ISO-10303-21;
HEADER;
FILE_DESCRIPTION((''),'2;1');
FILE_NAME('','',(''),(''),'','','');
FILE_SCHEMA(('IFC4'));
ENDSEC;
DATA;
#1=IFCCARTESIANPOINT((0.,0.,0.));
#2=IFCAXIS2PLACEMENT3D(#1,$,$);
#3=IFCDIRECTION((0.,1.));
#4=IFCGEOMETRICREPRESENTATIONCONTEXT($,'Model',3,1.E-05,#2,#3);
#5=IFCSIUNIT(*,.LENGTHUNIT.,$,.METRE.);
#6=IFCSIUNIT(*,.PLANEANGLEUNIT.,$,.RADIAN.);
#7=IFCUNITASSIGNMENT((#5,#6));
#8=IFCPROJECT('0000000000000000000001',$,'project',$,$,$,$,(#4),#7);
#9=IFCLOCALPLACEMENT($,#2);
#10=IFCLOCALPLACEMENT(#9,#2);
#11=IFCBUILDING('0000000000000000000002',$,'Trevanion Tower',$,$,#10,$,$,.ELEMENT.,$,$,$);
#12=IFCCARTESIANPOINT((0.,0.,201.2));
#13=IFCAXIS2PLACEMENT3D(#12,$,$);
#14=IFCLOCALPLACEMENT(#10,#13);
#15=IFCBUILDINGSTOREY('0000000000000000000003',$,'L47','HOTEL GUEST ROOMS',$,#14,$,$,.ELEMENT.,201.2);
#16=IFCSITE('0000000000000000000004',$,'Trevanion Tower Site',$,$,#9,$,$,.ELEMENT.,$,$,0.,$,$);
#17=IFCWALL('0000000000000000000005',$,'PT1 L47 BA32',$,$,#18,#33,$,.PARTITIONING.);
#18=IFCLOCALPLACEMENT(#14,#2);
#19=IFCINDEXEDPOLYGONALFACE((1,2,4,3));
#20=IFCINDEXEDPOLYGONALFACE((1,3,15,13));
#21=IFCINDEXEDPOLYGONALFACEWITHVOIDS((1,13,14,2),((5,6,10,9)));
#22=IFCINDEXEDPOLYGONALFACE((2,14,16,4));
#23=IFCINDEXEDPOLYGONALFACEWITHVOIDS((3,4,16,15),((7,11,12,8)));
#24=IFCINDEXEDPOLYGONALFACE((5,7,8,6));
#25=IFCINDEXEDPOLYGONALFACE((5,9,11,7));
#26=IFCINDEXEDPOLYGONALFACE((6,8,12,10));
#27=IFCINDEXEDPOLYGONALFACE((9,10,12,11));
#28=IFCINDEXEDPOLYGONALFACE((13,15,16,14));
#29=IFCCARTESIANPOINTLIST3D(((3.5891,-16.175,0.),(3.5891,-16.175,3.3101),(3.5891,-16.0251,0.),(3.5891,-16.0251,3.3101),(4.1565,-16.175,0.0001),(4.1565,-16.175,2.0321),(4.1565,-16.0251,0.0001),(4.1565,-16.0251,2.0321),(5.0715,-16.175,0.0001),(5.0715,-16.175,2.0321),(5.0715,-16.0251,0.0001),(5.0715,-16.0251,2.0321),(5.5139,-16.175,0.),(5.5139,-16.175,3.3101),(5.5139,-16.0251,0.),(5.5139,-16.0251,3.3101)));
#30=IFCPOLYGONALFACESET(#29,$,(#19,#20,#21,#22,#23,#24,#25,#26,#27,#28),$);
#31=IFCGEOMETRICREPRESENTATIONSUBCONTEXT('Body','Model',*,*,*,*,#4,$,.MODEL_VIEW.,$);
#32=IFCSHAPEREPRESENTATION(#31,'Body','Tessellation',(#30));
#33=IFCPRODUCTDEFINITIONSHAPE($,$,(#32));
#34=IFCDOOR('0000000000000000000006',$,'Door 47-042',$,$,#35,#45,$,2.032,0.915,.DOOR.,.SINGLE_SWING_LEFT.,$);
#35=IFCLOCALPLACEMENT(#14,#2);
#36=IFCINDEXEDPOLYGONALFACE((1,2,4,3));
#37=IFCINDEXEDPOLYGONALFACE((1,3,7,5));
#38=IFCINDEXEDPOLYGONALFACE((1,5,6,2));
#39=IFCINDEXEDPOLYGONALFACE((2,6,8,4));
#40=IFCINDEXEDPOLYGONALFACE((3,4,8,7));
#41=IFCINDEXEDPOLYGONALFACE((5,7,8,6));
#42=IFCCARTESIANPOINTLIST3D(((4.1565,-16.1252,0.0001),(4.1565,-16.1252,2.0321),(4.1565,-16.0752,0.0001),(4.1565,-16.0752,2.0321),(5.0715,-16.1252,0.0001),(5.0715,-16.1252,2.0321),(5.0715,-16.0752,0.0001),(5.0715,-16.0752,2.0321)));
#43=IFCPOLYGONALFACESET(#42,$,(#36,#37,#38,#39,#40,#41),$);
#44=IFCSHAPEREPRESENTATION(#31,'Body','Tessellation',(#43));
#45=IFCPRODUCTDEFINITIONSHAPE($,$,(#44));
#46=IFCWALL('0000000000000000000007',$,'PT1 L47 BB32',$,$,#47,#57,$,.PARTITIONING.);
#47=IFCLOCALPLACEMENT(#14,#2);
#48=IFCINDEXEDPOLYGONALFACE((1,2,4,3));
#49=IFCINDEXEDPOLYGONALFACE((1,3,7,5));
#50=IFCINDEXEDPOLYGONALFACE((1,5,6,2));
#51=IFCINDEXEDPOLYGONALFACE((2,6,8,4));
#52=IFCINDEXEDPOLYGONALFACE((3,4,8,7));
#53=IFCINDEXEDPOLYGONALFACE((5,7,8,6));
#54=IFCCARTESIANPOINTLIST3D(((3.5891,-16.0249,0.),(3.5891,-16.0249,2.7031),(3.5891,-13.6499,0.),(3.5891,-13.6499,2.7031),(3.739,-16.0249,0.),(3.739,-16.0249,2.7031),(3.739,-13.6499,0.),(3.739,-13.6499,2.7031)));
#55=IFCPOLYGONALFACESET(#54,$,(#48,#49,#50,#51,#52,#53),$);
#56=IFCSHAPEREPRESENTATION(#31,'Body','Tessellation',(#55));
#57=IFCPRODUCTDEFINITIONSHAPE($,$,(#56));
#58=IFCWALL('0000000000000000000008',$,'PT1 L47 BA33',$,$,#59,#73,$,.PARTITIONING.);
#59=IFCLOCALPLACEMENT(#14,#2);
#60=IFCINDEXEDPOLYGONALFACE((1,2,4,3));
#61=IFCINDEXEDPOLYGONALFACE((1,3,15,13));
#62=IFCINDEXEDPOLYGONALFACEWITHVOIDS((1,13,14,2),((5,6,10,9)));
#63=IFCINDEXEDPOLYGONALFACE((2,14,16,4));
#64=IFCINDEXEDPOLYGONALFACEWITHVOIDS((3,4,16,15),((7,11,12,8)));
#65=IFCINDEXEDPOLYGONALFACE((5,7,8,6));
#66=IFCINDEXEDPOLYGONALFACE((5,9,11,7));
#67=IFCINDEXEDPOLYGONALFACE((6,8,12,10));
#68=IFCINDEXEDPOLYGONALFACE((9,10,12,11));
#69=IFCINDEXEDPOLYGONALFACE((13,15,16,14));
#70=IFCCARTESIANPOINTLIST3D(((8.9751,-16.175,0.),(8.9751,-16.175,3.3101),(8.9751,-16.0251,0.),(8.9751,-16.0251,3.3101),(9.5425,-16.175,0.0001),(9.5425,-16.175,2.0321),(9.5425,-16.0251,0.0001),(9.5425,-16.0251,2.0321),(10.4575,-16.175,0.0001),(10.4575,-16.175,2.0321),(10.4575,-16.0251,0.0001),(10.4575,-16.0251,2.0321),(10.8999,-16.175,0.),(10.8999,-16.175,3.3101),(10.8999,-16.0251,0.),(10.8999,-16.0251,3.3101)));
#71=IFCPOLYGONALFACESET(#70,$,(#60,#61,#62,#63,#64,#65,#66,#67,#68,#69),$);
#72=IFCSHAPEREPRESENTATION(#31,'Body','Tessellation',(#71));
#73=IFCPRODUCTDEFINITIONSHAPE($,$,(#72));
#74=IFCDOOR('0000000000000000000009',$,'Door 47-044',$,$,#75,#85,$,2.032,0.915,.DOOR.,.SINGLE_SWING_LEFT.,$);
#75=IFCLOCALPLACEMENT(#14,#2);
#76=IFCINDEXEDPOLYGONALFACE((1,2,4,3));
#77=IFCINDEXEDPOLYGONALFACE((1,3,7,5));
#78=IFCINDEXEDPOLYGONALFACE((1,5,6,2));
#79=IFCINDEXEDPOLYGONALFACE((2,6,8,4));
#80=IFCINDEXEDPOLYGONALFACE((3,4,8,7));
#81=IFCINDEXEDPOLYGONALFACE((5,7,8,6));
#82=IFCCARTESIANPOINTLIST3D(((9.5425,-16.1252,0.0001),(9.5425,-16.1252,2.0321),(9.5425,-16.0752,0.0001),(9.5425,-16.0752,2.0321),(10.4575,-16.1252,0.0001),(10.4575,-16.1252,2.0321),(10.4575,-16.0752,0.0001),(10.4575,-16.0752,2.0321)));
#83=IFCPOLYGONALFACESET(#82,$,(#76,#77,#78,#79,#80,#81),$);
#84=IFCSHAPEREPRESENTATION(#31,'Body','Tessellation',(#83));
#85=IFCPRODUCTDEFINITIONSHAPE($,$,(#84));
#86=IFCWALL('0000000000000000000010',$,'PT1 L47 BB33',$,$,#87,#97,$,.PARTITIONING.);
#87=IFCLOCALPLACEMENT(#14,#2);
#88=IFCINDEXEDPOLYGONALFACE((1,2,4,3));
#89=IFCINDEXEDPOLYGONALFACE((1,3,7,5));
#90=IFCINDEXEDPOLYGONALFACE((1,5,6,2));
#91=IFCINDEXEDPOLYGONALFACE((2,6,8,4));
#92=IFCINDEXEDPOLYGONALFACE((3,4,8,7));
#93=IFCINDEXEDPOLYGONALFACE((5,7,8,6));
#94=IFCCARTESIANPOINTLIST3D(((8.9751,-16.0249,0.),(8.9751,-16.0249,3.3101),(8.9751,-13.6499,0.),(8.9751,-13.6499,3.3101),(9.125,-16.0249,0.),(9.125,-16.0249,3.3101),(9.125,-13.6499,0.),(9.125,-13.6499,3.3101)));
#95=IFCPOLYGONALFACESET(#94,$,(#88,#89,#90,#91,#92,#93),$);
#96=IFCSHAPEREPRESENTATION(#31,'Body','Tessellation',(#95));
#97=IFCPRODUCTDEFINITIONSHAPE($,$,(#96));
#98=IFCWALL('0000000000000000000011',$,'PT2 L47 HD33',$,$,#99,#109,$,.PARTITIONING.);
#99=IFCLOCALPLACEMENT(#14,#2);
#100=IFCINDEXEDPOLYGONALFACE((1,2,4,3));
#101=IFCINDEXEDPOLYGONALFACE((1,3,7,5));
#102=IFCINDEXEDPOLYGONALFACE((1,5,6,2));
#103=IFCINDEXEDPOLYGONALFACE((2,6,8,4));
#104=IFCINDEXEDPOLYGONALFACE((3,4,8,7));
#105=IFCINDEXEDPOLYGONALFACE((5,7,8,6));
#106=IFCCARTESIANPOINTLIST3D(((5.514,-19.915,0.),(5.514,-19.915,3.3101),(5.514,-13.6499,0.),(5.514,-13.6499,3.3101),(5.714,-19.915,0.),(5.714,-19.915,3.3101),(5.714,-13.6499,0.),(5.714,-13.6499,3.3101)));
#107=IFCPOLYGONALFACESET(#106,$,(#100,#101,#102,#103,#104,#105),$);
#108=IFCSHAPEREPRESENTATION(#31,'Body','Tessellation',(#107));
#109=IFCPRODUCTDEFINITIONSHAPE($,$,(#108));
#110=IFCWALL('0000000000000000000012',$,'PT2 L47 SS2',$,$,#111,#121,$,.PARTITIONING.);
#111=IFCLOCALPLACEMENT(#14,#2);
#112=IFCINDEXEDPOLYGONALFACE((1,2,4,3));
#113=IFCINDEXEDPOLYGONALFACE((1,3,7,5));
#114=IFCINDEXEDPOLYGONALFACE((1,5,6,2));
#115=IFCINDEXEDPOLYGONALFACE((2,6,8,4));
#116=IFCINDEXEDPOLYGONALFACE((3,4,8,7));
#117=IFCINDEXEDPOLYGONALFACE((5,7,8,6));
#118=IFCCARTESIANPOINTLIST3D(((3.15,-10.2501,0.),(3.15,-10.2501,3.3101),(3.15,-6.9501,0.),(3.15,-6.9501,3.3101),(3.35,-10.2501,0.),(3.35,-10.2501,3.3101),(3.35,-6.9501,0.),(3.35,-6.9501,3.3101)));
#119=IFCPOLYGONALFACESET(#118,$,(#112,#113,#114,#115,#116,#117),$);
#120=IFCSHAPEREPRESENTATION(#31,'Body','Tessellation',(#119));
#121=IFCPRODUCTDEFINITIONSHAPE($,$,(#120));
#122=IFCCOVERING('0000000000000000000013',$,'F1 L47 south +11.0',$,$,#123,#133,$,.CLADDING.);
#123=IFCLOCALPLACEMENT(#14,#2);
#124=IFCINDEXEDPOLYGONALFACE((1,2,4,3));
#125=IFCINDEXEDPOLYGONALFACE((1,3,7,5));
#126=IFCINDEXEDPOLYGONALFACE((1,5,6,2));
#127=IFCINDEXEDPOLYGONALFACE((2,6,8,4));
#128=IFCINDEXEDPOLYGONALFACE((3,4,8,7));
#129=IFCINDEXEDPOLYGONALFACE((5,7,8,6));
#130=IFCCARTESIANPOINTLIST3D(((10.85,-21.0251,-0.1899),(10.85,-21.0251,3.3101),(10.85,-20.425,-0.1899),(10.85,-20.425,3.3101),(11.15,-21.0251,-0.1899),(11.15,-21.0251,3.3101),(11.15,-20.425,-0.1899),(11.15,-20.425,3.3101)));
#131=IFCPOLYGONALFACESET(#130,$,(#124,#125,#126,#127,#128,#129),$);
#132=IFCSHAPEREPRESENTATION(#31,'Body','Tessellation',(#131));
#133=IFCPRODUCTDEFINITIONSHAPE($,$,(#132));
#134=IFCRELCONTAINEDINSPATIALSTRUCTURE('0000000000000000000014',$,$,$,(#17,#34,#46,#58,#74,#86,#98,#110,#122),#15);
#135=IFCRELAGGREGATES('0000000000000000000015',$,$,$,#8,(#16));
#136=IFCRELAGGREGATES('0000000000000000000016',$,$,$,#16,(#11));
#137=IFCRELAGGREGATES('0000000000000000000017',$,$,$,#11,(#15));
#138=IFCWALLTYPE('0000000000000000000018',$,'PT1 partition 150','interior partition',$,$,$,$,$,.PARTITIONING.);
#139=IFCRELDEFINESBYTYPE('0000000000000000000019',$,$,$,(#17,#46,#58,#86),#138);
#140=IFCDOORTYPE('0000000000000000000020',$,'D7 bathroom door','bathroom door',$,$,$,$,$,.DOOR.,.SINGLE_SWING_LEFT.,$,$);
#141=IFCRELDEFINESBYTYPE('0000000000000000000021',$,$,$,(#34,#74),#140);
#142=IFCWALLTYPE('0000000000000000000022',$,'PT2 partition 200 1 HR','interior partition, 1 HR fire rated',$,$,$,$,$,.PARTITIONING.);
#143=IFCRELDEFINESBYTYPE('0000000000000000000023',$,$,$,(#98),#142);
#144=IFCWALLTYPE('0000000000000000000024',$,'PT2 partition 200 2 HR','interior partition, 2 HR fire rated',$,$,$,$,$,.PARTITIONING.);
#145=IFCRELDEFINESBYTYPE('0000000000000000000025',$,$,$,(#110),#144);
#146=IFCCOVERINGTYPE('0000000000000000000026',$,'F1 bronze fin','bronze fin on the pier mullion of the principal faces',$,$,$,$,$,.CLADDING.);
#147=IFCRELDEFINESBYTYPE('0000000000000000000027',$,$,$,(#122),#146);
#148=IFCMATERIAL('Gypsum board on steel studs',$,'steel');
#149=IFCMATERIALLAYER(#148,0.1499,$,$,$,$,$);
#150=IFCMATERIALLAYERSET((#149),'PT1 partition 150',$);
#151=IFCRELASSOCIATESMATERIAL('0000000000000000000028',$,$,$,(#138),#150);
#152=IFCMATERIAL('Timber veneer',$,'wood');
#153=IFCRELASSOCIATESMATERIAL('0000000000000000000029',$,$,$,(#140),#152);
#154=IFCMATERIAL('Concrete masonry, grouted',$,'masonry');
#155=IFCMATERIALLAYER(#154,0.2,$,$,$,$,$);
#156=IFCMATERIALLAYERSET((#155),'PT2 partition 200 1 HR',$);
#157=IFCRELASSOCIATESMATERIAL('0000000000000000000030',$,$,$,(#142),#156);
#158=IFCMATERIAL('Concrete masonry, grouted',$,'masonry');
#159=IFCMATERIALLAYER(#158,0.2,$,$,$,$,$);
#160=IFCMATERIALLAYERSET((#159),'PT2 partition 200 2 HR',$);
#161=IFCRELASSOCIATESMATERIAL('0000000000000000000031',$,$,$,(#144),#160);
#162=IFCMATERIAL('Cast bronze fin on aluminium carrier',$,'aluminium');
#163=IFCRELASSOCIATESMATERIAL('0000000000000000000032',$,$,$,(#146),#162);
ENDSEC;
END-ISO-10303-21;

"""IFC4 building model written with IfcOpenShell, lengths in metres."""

from ifc_helpers import new_model, si_unit, direction, frame, frame_2d, origin, origin_2d, place, context, subcontext, project, spatial, rectangle, extrude, material, layer, layer_set, type_object, element, fill, save


model = new_model("IFC4")

# Units and contexts
model_context = context("Model", 3, precision=1e-05, world=origin(), true_north=direction((0.0, 1.0)))
body_context = subcontext(model_context, "Body", "Model", "MODEL_VIEW")
ifc_project = project(units=[si_unit("LENGTHUNIT", "METRE"), si_unit("PLANEANGLEUNIT", "RADIAN")], contexts=[model_context])

# Site, building, storey
site_placement = place(None, origin())
site = spatial("IfcSite", under=ifc_project, at=site_placement, Name="Trevanion Tower Site", CompositionType="ELEMENT", RefElevation=0.0)
building_placement = place(site_placement, origin())
building = spatial("IfcBuilding", under=site, at=building_placement, Name="Trevanion Tower", CompositionType="ELEMENT")
storey_placement = place(building_placement, frame((0.0, 0.0, 201.2)))
storey = spatial("IfcBuildingStorey", under=building, at=storey_placement, Name="L47", Description="HOTEL GUEST ROOMS", CompositionType="ELEMENT", Elevation=201.2)

# Wall, opening, door
ifc_material_1 = material(Name="Gypsum board on steel studs", Category="steel")
ifc_layer_1 = layer(ifc_material_1, 0.1499)
ifc_layer_set_1 = layer_set([ifc_layer_1], Name="PT1 partition 150")
wall_type_1 = type_object("IfcWallType", Name="PT1 partition 150", Description="interior partition", PredefinedType="PARTITIONING", material=ifc_layer_set_1)
wall_1_placement = place(storey_placement, frame((3.5891, -16.1001, 0.0), z_axis=(0.0, 0.0, 1.0), x_axis=(1.0, 0.0, 0.0)))
wall_1 = element("IfcWall", 1, at=wall_1_placement, inside=storey, type_object=wall_type_1, Name="PT1 L47 BA32", PredefinedType="PARTITIONING", context=body_context, shape_type="SweptSolid", body=[
    extrude(rectangle(XDim=1.9248, YDim=0.1499, at=frame_2d((0.9624, 0.0))), origin(), (0.0, 0.0, 1.0), 3.3101),
])
opening_1_placement = place(wall_1_placement, frame((0.5674, 0.0, 0.0)))
opening_1 = element("IfcOpeningElement", 2, at=opening_1_placement, cuts=wall_1, PredefinedType="OPENING", context=body_context, shape_type="SweptSolid", body=[
    extrude(rectangle(XDim=0.915, YDim=2.032, at=frame_2d((0.4575, 1.0161))), frame((0.0, 0.085, 0.0), z_axis=(0.0, -1.0, 0.0), x_axis=(1.0, 0.0, 0.0)), (0.0, 0.0, 1.0), 0.1699),
])
ifc_material_2 = material(Name="Timber veneer", Category="wood")
door_type = type_object("IfcDoorType", Name="D7 bathroom door", Description="bathroom door", OperationType="SINGLE_SWING_LEFT", PredefinedType="DOOR", material=ifc_material_2)
door_1_placement = place(opening_1_placement, origin())
door_1 = element("IfcDoor", 3, at=door_1_placement, inside=storey, type_object=door_type, Name="Door 47-042", OperationType="SINGLE_SWING_LEFT", OverallHeight=2.032, OverallWidth=0.915, PredefinedType="DOOR", context=body_context, shape_type="SweptSolid", body=[
    extrude(rectangle(XDim=0.915, YDim=2.032, at=frame_2d((0.4575, 1.0161))), frame((0.0, 0.0249, 0.0), z_axis=(0.0, -1.0, 0.0), x_axis=(1.0, 0.0, 0.0)), (0.0, 0.0, 1.0), 0.05),
])
fill(opening_1, door_1)

# Wall
wall_2_placement = place(storey_placement, frame((3.6641, -13.6499, 0.0), z_axis=(0.0, 0.0, 1.0), x_axis=(0.0, -1.0, 0.0)))
element("IfcWall", 4, at=wall_2_placement, inside=storey, type_object=wall_type_1, Name="PT1 L47 BB32", PredefinedType="PARTITIONING", context=body_context, shape_type="SweptSolid", body=[
    extrude(rectangle(XDim=2.375, YDim=0.1499, at=frame_2d((1.1875, 0.0))), origin(), (0.0, 0.0, 1.0), 2.7031),
])

# Wall, opening, door
wall_3_placement = place(storey_placement, frame((8.9751, -16.1001, 0.0), z_axis=(0.0, 0.0, 1.0), x_axis=(1.0, 0.0, 0.0)))
wall_3 = element("IfcWall", 5, at=wall_3_placement, inside=storey, type_object=wall_type_1, Name="PT1 L47 BA33", PredefinedType="PARTITIONING", context=body_context, shape_type="SweptSolid", body=[
    extrude(rectangle(XDim=1.9248, YDim=0.1499, at=frame_2d((0.9624, 0.0))), origin(), (0.0, 0.0, 1.0), 3.3101),
])
opening_2_placement = place(wall_3_placement, frame((0.5674, 0.0, 0.0)))
opening_2 = element("IfcOpeningElement", 6, at=opening_2_placement, cuts=wall_3, PredefinedType="OPENING", context=body_context, shape_type="SweptSolid", body=[
    extrude(rectangle(XDim=0.915, YDim=2.032, at=frame_2d((0.4575, 1.0161))), frame((0.0, 0.085, 0.0), z_axis=(0.0, -1.0, 0.0), x_axis=(1.0, 0.0, 0.0)), (0.0, 0.0, 1.0), 0.1699),
])
door_2_placement = place(opening_2_placement, origin())
door_2 = element("IfcDoor", 7, at=door_2_placement, inside=storey, type_object=door_type, Name="Door 47-044", OperationType="SINGLE_SWING_LEFT", OverallHeight=2.032, OverallWidth=0.915, PredefinedType="DOOR", context=body_context, shape_type="SweptSolid", body=[
    extrude(rectangle(XDim=0.915, YDim=2.032, at=frame_2d((0.4575, 1.0161))), frame((0.0, 0.0249, 0.0), z_axis=(0.0, -1.0, 0.0), x_axis=(1.0, 0.0, 0.0)), (0.0, 0.0, 1.0), 0.05),
])
fill(opening_2, door_2)

# Walls
wall_4_placement = place(storey_placement, frame((9.05, -13.6499, 0.0), z_axis=(0.0, 0.0, 1.0), x_axis=(0.0, -1.0, 0.0)))
element("IfcWall", 8, at=wall_4_placement, inside=storey, type_object=wall_type_1, Name="PT1 L47 BB33", PredefinedType="PARTITIONING", context=body_context, shape_type="SweptSolid", body=[
    extrude(rectangle(XDim=2.375, YDim=0.1499, at=frame_2d((1.1875, 0.0))), origin(), (0.0, 0.0, 1.0), 3.3101),
])
ifc_material_3 = material(Name="Concrete masonry, grouted", Category="masonry")
ifc_layer_2 = layer(ifc_material_3, 0.2)
ifc_layer_set_2 = layer_set([ifc_layer_2], Name="PT2 partition 200 1 HR")
wall_type_2 = type_object("IfcWallType", Name="PT2 partition 200 1 HR", Description="interior partition, 1 HR fire rated", PredefinedType="PARTITIONING", material=ifc_layer_set_2)
wall_5_placement = place(storey_placement, frame((5.614, -13.6499, 0.0), z_axis=(0.0, 0.0, 1.0), x_axis=(0.0, -1.0, 0.0)))
element("IfcWall", 9, at=wall_5_placement, inside=storey, type_object=wall_type_2, Name="PT2 L47 HD33", PredefinedType="PARTITIONING", context=body_context, shape_type="SweptSolid", body=[
    extrude(rectangle(XDim=6.2651, YDim=0.2, at=frame_2d((3.1326, 0.0))), origin(), (0.0, 0.0, 1.0), 3.3101),
])
ifc_material_4 = material(Name="Concrete masonry, grouted", Category="masonry")
ifc_layer_3 = layer(ifc_material_4, 0.2)
ifc_layer_set_3 = layer_set([ifc_layer_3], Name="PT2 partition 200 2 HR")
wall_type_3 = type_object("IfcWallType", Name="PT2 partition 200 2 HR", Description="interior partition, 2 HR fire rated", PredefinedType="PARTITIONING", material=ifc_layer_set_3)
wall_6_placement = place(storey_placement, frame((3.25, -10.25, 0.0), z_axis=(0.0, 0.0, 1.0), x_axis=(0.0, 1.0, 0.0)))
element("IfcWall", 10, at=wall_6_placement, inside=storey, type_object=wall_type_3, Name="PT2 L47 SS2", PredefinedType="PARTITIONING", context=body_context, shape_type="SweptSolid", body=[
    extrude(rectangle(XDim=3.3, YDim=0.2, at=frame_2d((1.6499, 0.0))), origin(), (0.0, 0.0, 1.0), 3.3101),
])

# Covering
ifc_material_5 = material(Name="Cast bronze fin on aluminium carrier", Category="aluminium")
covering_type = type_object("IfcCoveringType", Name="F1 bronze fin", Description="bronze fin on the pier mullion of the principal faces", PredefinedType="CLADDING", material=ifc_material_5)
covering_placement = place(storey_placement, frame((11.0, -20.7251, -0.1899), z_axis=(0.0, 0.0, 1.0), x_axis=(1.0, 0.0, 0.0)))
element("IfcCovering", 11, at=covering_placement, inside=storey, type_object=covering_type, Name="F1 L47 south +11.0", PredefinedType="CLADDING", context=body_context, shape_type="SweptSolid", body=[
    extrude(rectangle(XDim=0.3, YDim=0.6001, at=origin_2d()), origin(), (0.0, 0.0, 1.0), 3.5),
])

save(model, "model.ifc")
